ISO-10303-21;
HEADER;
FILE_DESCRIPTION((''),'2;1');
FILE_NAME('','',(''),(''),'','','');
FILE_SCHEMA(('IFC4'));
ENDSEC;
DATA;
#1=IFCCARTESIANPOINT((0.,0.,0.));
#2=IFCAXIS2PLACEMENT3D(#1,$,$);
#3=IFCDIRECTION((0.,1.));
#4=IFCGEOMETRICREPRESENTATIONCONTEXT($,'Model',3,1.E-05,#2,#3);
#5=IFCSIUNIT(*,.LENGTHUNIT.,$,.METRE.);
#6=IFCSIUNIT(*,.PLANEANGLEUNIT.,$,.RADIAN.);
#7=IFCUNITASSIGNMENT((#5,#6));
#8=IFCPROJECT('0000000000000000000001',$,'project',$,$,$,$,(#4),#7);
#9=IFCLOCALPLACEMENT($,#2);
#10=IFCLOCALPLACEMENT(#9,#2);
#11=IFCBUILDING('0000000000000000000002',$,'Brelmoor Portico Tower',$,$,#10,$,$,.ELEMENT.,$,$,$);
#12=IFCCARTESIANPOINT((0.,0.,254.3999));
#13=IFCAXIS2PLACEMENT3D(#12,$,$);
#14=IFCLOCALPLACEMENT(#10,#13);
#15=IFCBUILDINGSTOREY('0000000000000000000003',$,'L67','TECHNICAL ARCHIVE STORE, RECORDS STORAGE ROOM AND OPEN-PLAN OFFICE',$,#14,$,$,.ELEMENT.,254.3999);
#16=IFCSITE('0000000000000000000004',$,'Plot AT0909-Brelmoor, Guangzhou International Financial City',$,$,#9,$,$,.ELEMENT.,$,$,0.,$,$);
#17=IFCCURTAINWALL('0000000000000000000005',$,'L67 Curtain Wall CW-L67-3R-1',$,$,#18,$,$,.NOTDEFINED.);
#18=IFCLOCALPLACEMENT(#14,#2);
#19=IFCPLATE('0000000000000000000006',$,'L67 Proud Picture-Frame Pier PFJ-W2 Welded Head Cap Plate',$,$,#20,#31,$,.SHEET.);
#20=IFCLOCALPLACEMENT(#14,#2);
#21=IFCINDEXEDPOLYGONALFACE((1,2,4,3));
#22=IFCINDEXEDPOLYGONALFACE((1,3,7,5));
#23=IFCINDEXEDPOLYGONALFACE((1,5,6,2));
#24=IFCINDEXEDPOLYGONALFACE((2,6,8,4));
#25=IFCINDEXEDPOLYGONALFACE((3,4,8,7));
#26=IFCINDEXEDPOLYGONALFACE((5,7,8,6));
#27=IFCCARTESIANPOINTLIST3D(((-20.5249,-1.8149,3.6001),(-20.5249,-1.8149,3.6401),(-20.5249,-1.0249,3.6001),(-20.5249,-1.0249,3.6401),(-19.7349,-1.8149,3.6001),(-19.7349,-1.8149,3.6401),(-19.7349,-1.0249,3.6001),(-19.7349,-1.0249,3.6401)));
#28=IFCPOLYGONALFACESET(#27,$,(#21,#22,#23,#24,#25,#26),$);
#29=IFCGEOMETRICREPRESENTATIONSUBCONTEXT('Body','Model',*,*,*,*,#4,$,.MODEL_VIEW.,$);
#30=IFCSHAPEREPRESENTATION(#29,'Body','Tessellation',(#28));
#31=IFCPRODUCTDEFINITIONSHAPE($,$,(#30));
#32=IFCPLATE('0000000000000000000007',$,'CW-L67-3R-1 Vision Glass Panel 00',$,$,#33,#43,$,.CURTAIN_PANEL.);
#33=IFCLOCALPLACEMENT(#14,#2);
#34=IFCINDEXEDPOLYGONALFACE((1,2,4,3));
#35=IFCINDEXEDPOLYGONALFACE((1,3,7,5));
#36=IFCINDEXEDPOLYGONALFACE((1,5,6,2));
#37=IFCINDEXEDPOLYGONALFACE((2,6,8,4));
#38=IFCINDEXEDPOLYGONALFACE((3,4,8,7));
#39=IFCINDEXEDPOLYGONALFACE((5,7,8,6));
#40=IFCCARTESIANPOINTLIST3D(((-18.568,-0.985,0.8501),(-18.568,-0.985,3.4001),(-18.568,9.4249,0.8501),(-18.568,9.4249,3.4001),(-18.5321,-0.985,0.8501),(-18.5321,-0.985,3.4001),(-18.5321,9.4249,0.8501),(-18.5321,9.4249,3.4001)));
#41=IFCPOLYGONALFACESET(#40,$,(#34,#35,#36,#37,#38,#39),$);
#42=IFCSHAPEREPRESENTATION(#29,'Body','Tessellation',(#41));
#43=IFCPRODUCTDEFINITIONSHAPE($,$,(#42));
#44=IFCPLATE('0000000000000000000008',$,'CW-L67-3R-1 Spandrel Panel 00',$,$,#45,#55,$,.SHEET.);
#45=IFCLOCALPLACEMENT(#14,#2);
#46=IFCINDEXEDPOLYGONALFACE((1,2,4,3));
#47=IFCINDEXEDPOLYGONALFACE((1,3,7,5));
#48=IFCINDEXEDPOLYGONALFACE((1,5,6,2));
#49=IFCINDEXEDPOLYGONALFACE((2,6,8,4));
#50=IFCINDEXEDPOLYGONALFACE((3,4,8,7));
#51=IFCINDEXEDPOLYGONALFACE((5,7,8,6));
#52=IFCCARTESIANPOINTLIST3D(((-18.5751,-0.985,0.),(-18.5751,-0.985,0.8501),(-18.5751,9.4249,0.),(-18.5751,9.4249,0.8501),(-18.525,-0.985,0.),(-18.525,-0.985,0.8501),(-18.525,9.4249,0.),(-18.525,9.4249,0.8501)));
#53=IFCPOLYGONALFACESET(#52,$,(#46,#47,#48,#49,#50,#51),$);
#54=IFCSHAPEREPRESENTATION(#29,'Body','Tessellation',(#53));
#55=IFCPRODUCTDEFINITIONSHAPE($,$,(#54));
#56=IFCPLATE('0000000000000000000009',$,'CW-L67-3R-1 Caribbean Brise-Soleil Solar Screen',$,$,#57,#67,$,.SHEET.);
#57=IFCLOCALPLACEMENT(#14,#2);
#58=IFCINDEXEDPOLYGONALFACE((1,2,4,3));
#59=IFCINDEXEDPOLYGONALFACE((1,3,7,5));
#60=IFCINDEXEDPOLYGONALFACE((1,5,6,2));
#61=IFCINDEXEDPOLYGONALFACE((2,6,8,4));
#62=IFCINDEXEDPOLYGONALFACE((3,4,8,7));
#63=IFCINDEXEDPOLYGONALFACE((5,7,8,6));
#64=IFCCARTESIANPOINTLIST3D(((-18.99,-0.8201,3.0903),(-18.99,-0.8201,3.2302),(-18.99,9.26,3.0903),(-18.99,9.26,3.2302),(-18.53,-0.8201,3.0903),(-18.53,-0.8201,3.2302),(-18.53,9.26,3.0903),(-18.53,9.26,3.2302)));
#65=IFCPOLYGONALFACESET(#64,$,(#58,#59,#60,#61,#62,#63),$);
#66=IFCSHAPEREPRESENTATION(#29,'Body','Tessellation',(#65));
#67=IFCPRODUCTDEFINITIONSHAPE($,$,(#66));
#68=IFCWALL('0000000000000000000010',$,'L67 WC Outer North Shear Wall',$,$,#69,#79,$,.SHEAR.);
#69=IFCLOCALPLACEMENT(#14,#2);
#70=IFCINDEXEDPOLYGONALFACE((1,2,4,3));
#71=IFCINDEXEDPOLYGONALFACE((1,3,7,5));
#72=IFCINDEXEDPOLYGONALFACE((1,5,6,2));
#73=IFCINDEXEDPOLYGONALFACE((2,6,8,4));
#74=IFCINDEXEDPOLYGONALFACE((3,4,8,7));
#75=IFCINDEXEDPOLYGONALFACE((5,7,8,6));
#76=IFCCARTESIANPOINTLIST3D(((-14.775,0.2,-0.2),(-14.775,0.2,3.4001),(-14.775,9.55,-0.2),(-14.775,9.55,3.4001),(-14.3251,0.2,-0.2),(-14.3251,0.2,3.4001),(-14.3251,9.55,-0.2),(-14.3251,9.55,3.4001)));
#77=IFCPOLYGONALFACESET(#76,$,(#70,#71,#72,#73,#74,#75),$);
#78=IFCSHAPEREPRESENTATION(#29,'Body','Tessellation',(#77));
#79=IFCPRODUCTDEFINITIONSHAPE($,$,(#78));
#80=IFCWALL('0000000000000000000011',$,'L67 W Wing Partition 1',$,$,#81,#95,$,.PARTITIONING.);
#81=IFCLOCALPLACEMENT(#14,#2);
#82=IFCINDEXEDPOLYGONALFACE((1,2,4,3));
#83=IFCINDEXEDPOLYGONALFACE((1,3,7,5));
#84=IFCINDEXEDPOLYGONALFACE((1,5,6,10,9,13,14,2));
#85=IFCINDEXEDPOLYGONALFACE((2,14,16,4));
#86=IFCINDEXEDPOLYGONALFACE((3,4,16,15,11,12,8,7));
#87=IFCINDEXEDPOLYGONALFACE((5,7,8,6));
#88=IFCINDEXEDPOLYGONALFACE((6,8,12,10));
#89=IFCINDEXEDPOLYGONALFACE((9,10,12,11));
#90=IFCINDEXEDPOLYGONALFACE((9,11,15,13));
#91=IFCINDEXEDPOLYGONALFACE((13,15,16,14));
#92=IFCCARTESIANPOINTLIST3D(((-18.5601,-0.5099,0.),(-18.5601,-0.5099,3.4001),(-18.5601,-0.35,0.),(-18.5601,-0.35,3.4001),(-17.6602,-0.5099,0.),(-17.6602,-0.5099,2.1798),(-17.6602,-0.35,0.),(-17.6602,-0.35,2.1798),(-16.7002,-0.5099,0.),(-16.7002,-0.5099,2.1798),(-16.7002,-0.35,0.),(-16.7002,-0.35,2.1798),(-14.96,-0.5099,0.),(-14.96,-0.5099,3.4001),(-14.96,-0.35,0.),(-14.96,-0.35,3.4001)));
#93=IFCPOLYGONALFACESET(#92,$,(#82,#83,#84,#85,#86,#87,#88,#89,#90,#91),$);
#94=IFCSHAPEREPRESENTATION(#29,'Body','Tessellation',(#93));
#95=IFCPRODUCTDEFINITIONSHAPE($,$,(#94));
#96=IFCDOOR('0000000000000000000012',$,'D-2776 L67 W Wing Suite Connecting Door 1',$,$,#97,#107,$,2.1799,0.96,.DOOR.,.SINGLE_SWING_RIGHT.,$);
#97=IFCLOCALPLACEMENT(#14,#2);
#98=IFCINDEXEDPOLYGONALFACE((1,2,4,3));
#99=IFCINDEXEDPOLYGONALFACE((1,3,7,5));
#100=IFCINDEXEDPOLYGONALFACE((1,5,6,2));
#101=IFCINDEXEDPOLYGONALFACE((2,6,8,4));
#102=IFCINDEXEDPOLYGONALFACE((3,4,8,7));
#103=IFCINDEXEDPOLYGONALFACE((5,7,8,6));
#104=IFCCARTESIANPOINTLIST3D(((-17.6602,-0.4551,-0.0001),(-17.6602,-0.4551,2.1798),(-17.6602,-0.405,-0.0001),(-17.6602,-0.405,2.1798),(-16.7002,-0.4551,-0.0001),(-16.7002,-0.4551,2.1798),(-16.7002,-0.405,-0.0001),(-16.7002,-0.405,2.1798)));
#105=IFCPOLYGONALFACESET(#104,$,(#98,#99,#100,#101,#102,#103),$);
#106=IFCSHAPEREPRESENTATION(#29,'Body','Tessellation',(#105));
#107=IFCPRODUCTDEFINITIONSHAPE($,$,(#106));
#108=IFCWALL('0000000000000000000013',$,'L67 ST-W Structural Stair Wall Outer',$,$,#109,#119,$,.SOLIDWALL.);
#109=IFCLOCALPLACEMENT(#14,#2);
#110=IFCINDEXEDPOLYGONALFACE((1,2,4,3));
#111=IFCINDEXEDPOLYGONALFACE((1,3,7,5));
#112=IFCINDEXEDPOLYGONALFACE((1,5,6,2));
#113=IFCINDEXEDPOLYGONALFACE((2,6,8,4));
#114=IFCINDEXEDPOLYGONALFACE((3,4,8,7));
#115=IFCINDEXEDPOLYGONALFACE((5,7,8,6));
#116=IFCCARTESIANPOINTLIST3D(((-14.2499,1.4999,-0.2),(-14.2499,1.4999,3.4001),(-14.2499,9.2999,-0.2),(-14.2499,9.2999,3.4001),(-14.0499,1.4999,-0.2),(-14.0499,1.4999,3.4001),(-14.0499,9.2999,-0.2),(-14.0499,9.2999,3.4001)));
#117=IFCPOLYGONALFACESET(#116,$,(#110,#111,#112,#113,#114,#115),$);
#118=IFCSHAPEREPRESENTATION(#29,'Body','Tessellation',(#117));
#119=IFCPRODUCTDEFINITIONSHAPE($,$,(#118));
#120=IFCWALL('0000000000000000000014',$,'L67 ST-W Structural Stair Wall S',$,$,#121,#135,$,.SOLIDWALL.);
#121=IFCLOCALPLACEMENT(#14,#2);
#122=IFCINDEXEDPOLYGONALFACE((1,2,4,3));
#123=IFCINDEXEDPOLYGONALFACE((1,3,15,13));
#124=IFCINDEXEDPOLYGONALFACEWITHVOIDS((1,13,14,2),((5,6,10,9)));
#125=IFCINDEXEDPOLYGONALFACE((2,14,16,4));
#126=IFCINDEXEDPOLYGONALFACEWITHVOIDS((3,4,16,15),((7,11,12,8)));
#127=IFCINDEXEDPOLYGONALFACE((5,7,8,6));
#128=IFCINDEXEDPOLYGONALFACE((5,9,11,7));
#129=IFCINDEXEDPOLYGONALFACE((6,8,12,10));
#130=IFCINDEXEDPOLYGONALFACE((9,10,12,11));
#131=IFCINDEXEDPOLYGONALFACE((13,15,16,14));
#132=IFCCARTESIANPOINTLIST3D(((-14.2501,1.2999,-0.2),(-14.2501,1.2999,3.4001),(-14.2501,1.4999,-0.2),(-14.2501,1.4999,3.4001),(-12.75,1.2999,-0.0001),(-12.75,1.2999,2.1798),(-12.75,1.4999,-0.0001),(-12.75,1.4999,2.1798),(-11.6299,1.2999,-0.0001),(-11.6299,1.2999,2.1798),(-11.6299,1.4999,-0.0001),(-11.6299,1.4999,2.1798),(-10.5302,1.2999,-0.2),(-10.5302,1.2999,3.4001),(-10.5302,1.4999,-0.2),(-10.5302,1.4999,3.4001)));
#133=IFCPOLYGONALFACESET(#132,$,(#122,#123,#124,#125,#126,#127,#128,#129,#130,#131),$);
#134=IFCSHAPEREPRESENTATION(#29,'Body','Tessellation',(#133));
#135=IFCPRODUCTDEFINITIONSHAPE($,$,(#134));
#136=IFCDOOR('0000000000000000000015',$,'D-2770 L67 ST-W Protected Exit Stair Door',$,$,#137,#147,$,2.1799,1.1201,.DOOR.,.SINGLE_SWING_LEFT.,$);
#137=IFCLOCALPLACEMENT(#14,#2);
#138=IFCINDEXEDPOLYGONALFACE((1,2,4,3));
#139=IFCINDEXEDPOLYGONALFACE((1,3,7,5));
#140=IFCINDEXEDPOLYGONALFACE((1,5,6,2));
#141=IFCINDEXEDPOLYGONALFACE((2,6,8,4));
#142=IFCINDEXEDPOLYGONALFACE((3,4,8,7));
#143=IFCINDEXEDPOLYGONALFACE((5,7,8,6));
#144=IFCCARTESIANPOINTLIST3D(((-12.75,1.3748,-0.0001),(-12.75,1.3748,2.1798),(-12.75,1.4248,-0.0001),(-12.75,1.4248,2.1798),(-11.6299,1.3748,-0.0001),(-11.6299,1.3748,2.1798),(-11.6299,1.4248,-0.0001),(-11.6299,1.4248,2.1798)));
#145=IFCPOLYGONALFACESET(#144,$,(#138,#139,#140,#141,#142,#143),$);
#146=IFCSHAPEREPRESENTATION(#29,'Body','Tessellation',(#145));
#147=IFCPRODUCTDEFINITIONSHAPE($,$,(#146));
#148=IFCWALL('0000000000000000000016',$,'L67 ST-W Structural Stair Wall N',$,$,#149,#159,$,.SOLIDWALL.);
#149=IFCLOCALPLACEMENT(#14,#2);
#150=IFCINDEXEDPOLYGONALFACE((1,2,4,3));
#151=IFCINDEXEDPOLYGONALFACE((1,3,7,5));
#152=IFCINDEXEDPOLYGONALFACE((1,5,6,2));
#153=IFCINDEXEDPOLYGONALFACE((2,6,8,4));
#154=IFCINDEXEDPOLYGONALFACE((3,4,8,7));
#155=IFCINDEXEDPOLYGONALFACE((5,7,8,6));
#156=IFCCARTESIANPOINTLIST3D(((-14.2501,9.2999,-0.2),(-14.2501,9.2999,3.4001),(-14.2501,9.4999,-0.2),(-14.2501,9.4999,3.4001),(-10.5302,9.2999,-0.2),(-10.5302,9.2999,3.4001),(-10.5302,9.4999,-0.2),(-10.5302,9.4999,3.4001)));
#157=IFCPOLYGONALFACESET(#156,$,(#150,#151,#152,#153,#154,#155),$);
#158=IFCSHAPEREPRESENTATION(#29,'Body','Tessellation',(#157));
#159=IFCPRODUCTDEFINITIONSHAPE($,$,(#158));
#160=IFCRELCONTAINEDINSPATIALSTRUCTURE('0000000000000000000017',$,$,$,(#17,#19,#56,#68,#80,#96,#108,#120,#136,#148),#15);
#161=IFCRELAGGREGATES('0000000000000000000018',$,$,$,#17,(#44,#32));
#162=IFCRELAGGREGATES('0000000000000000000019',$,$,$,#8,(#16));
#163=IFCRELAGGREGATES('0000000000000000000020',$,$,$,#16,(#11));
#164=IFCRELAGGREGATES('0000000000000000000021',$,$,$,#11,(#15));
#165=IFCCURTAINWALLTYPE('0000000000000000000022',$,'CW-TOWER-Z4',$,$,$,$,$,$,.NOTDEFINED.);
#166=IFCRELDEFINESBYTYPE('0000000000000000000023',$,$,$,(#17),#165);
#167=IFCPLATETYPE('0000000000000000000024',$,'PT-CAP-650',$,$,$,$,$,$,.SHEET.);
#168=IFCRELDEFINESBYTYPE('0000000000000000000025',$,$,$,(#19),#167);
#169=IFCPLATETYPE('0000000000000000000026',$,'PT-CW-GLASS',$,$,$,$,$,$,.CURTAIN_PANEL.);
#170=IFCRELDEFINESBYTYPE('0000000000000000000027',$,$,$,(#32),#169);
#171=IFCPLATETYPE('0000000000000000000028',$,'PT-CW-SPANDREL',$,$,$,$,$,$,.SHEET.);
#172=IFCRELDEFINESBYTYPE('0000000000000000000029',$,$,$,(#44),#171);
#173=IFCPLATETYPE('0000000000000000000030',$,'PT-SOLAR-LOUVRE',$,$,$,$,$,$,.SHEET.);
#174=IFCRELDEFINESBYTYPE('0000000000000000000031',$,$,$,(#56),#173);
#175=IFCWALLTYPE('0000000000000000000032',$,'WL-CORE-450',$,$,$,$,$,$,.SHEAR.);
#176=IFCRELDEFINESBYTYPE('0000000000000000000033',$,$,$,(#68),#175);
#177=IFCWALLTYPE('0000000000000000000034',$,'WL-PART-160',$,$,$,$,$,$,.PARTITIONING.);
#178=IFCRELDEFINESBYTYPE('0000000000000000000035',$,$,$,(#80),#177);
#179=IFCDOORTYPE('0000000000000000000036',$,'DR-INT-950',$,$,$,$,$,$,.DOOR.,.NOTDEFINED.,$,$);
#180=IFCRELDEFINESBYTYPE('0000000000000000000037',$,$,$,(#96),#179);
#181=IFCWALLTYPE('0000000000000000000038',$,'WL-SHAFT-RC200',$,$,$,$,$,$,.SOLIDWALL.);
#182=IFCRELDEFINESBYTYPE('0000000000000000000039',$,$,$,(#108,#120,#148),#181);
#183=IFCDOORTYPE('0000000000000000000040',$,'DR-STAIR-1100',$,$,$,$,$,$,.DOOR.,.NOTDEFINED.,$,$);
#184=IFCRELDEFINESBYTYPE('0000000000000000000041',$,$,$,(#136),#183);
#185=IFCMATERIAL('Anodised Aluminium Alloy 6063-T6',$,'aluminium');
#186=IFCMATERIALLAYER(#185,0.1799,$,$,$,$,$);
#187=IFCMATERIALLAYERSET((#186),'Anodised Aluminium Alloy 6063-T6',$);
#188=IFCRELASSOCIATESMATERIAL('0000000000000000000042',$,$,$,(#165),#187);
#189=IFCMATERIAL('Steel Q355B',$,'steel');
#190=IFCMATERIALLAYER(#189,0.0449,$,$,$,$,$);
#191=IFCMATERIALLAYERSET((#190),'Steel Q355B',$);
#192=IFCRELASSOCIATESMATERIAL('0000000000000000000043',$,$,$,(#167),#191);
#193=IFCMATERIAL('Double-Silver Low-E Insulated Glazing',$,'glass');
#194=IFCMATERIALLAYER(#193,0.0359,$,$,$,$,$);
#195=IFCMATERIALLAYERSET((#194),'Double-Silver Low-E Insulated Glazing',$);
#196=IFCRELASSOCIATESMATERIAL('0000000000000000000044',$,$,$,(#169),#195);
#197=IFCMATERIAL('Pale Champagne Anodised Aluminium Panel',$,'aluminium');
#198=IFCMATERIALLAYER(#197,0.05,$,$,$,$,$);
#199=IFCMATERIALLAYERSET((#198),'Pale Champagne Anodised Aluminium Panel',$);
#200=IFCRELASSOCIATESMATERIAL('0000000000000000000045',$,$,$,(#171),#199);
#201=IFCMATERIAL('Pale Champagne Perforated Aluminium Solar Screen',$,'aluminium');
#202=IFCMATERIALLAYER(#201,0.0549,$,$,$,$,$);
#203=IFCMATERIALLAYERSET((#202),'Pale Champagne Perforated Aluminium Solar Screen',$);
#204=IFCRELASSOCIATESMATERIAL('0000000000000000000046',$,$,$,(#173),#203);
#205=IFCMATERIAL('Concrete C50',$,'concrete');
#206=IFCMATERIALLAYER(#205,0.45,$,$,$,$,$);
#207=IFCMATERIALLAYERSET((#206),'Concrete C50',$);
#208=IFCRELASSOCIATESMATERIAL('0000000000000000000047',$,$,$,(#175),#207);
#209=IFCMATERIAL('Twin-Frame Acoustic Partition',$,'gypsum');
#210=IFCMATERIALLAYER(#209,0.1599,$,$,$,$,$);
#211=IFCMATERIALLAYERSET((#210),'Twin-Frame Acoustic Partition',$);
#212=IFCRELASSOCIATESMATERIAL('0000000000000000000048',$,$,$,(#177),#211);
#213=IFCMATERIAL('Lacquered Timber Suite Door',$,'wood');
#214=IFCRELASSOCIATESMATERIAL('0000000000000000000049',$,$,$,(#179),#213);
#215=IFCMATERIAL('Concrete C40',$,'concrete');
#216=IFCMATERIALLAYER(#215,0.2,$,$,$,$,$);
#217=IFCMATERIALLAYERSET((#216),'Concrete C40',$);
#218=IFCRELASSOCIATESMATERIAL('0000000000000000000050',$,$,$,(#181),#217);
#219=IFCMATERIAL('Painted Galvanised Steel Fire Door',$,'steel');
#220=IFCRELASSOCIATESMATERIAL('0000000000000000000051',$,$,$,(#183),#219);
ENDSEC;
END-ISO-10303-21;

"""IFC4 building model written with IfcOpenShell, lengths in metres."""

from ifc_helpers import new_model, si_unit, direction, frame, frame_2d, origin, origin_2d, place, context, subcontext, project, spatial, rectangle, extrude, material, layer, layer_set, type_object, element, fill, aggregate, save


model = new_model("IFC4")

# Units and contexts
model_context = context("Model", 3, precision=1e-05, world=origin(), true_north=direction((0.0, 1.0)))
body_context = subcontext(model_context, "Body", "Model", "MODEL_VIEW")
ifc_project = project(units=[si_unit("LENGTHUNIT", "METRE"), si_unit("PLANEANGLEUNIT", "RADIAN")], contexts=[model_context])

# Site, building, storey
site_placement = place(None, origin())
site = spatial("IfcSite", under=ifc_project, at=site_placement, Name="Plot AT0909-Brelmoor, Guangzhou International Financial City", CompositionType="ELEMENT", RefElevation=0.0)
building_placement = place(site_placement, origin())
building = spatial("IfcBuilding", under=site, at=building_placement, Name="Brelmoor Portico Tower", CompositionType="ELEMENT")
storey_placement = place(building_placement, frame((0.0, 0.0, 254.3999)))
storey = spatial("IfcBuildingStorey", under=building, at=storey_placement, Name="L67", Description="TECHNICAL ARCHIVE STORE, RECORDS STORAGE ROOM AND OPEN-PLAN OFFICE", CompositionType="ELEMENT", Elevation=254.3999)

# Shared definitions
ifc_material_1 = material(Name="Steel Q355B", Category="steel")

# Curtain wall
ifc_material_2 = material(Name="Anodised Aluminium Alloy 6063-T6", Category="aluminium")
ifc_layer_1 = layer(ifc_material_2, 0.1799)
ifc_layer_set_1 = layer_set([ifc_layer_1], Name="Anodised Aluminium Alloy 6063-T6")
curtain_wall_type = type_object("IfcCurtainWallType", Name="CW-TOWER-Z4", PredefinedType="NOTDEFINED", material=ifc_layer_set_1)
curtain_wall_placement = place(storey_placement, origin())
curtain_wall = element("IfcCurtainWall", 1, at=curtain_wall_placement, inside=storey, type_object=curtain_wall_type, Name="L67 Curtain Wall CW-L67-3R-1", PredefinedType="NOTDEFINED")

# Plates
ifc_layer_2 = layer(ifc_material_1, 0.0449)
ifc_layer_set_2 = layer_set([ifc_layer_2], Name="Steel Q355B")
plate_type_1 = type_object("IfcPlateType", Name="PT-CAP-650", PredefinedType="SHEET", material=ifc_layer_set_2)
plate_1_placement = place(storey_placement, frame((-20.1299, -1.4199, 3.6001), z_axis=(0.0, 0.0, 1.0), x_axis=(0.0, 1.0, 0.0)))
element("IfcPlate", 2, at=plate_1_placement, inside=storey, type_object=plate_type_1, Name="L67 Proud Picture-Frame Pier PFJ-W2 Welded Head Cap Plate", PredefinedType="SHEET", context=body_context, shape_type="SweptSolid", body=[
    extrude(rectangle(XDim=0.79, YDim=0.79, at=origin_2d()), origin(), (0.0, 0.0, 1.0), 0.04),
])
ifc_material_3 = material(Name="Double-Silver Low-E Insulated Glazing", Category="glass")
ifc_layer_3 = layer(ifc_material_3, 0.0359)
ifc_layer_set_3 = layer_set([ifc_layer_3], Name="Double-Silver Low-E Insulated Glazing")
plate_type_2 = type_object("IfcPlateType", Name="PT-CW-GLASS", PredefinedType="CURTAIN_PANEL", material=ifc_layer_set_3)
plate_2_placement = place(storey_placement, frame((-18.55, 4.22, 0.8501), z_axis=(0.0, 0.0, 1.0), x_axis=(0.0, 1.0, 0.0)))
plate_2 = element("IfcPlate", 3, at=plate_2_placement, type_object=plate_type_2, Name="CW-L67-3R-1 Vision Glass Panel 00", PredefinedType="CURTAIN_PANEL", context=body_context, shape_type="SweptSolid", body=[
    extrude(rectangle(XDim=10.4099, YDim=0.0359, at=origin_2d()), origin(), (0.0, 0.0, 1.0), 2.55),
])
ifc_material_4 = material(Name="Pale Champagne Anodised Aluminium Panel", Category="aluminium")
ifc_layer_4 = layer(ifc_material_4, 0.05)
ifc_layer_set_4 = layer_set([ifc_layer_4], Name="Pale Champagne Anodised Aluminium Panel")
plate_type_3 = type_object("IfcPlateType", Name="PT-CW-SPANDREL", PredefinedType="SHEET", material=ifc_layer_set_4)
plate_3_placement = place(storey_placement, frame((-18.55, 4.22, 0.0), z_axis=(0.0, 0.0, 1.0), x_axis=(0.0, 1.0, 0.0)))
plate_3 = element("IfcPlate", 4, at=plate_3_placement, type_object=plate_type_3, Name="CW-L67-3R-1 Spandrel Panel 00", PredefinedType="SHEET", context=body_context, shape_type="SweptSolid", body=[
    extrude(rectangle(XDim=10.4099, YDim=0.05, at=origin_2d()), origin(), (0.0, 0.0, 1.0), 0.8501),
])
aggregate(curtain_wall, [plate_3, plate_2])
ifc_material_5 = material(Name="Pale Champagne Perforated Aluminium Solar Screen", Category="aluminium")
ifc_layer_5 = layer(ifc_material_5, 0.0549)
ifc_layer_set_5 = layer_set([ifc_layer_5], Name="Pale Champagne Perforated Aluminium Solar Screen")
plate_type_4 = type_object("IfcPlateType", Name="PT-SOLAR-LOUVRE", PredefinedType="SHEET", material=ifc_layer_set_5)
plate_4_placement = place(storey_placement, frame((-18.76, 4.22, 3.0903), z_axis=(0.0, 0.0, 1.0), x_axis=(0.0, 1.0, 0.0)))
element("IfcPlate", 5, at=plate_4_placement, inside=storey, type_object=plate_type_4, Name="CW-L67-3R-1 Caribbean Brise-Soleil Solar Screen", PredefinedType="SHEET", context=body_context, shape_type="SweptSolid", body=[
    extrude(rectangle(XDim=10.0801, YDim=0.46, at=origin_2d()), origin(), (0.0, 0.0, 1.0), 0.1399),
])

# Wall
ifc_material_6 = material(Name="Concrete C50", Category="concrete")
ifc_layer_6 = layer(ifc_material_6, 0.45)
ifc_layer_set_6 = layer_set([ifc_layer_6], Name="Concrete C50")
wall_type_1 = type_object("IfcWallType", Name="WL-CORE-450", PredefinedType="SHEAR", material=ifc_layer_set_6)
wall_1_placement = place(storey_placement, frame((-14.55, 0.2, -0.2), z_axis=(0.0, 0.0, 1.0), x_axis=(0.0, 1.0, 0.0)))
element("IfcWall", 6, at=wall_1_placement, inside=storey, type_object=wall_type_1, Name="L67 WC Outer North Shear Wall", PredefinedType="SHEAR", context=body_context, shape_type="SweptSolid", body=[
    extrude(rectangle(XDim=9.3501, YDim=0.45, at=frame_2d((4.675, 0.0))), origin(), (0.0, 0.0, 1.0), 3.6001),
])

# Wall, opening, door
ifc_material_7 = material(Name="Twin-Frame Acoustic Partition", Category="gypsum")
ifc_layer_7 = layer(ifc_material_7, 0.1599)
ifc_layer_set_7 = layer_set([ifc_layer_7], Name="Twin-Frame Acoustic Partition")
wall_type_2 = type_object("IfcWallType", Name="WL-PART-160", PredefinedType="PARTITIONING", material=ifc_layer_set_7)
wall_2_placement = place(storey_placement, frame((-18.5601, -0.4299, 0.0), z_axis=(0.0, 0.0, 1.0), x_axis=(1.0, 0.0, 0.0)))
wall_2 = element("IfcWall", 7, at=wall_2_placement, inside=storey, type_object=wall_type_2, Name="L67 W Wing Partition 1", PredefinedType="PARTITIONING", context=body_context, shape_type="SweptSolid", body=[
    extrude(rectangle(XDim=3.6001, YDim=0.1599, at=frame_2d((1.8, 0.0))), origin(), (0.0, 0.0, 1.0), 3.4001),
])
opening_1_placement = place(wall_2_placement, frame((0.8999, 0.0, 0.0)))
opening_1 = element("IfcOpeningElement", 8, at=opening_1_placement, cuts=wall_2, PredefinedType="OPENING", context=body_context, shape_type="SweptSolid", body=[
    extrude(rectangle(XDim=0.96, YDim=2.1799, at=frame_2d((0.48, 1.0898))), frame((0.0, 0.0898, 0.0), z_axis=(0.0, -1.0, 0.0), x_axis=(1.0, 0.0, 0.0)), (0.0, 0.0, 1.0), 0.1799),
])
ifc_material_8 = material(Name="Lacquered Timber Suite Door", Category="wood")
door_type_1 = type_object("IfcDoorType", Name="DR-INT-950", OperationType="NOTDEFINED", PredefinedType="DOOR", material=ifc_material_8)
door_1_placement = place(opening_1_placement, origin())
door_1 = element("IfcDoor", 9, at=door_1_placement, inside=storey, type_object=door_type_1, Name="D-2776 L67 W Wing Suite Connecting Door 1", OperationType="SINGLE_SWING_RIGHT", OverallHeight=2.1799, OverallWidth=0.96, PredefinedType="DOOR", context=body_context, shape_type="SweptSolid", body=[
    extrude(rectangle(XDim=0.96, YDim=2.1799, at=frame_2d((0.48, 1.0898))), frame((0.0, 0.0249, 0.0), z_axis=(0.0, -1.0, 0.0), x_axis=(1.0, 0.0, 0.0)), (0.0, 0.0, 1.0), 0.05),
])
fill(opening_1, door_1)

# Wall
ifc_material_9 = material(Name="Concrete C40", Category="concrete")
ifc_layer_8 = layer(ifc_material_9, 0.2)
ifc_layer_set_8 = layer_set([ifc_layer_8], Name="Concrete C40")
wall_type_3 = type_object("IfcWallType", Name="WL-SHAFT-RC200", PredefinedType="SOLIDWALL", material=ifc_layer_set_8)
wall_3_placement = place(storey_placement, frame((-14.1499, 1.5, -0.2), z_axis=(0.0, 0.0, 1.0), x_axis=(0.0, 1.0, 0.0)))
element("IfcWall", 10, at=wall_3_placement, inside=storey, type_object=wall_type_3, Name="L67 ST-W Structural Stair Wall Outer", PredefinedType="SOLIDWALL", context=body_context, shape_type="SweptSolid", body=[
    extrude(rectangle(XDim=7.8, YDim=0.2, at=frame_2d((3.8999, 0.0))), origin(), (0.0, 0.0, 1.0), 3.6001),
])

# Wall, opening, door
wall_4_placement = place(storey_placement, frame((-14.25, 1.3999, -0.2), z_axis=(0.0, 0.0, 1.0), x_axis=(1.0, 0.0, 0.0)))
wall_4 = element("IfcWall", 11, at=wall_4_placement, inside=storey, type_object=wall_type_3, Name="L67 ST-W Structural Stair Wall S", PredefinedType="SOLIDWALL", context=body_context, shape_type="SweptSolid", body=[
    extrude(rectangle(XDim=3.72, YDim=0.2, at=frame_2d((1.8599, 0.0))), origin(), (0.0, 0.0, 1.0), 3.6001),
])
opening_2_placement = place(wall_4_placement, frame((1.5, 0.0, 0.2)))
opening_2 = element("IfcOpeningElement", 12, at=opening_2_placement, cuts=wall_4, PredefinedType="OPENING", context=body_context, shape_type="SweptSolid", body=[
    extrude(rectangle(XDim=1.1201, YDim=2.1799, at=frame_2d((0.5601, 1.0898))), frame((0.0, 0.1099, 0.0), z_axis=(0.0, -1.0, 0.0), x_axis=(1.0, 0.0, 0.0)), (0.0, 0.0, 1.0), 0.22),
])
ifc_material_10 = material(Name="Painted Galvanised Steel Fire Door", Category="steel")
door_type_2 = type_object("IfcDoorType", Name="DR-STAIR-1100", OperationType="NOTDEFINED", PredefinedType="DOOR", material=ifc_material_10)
door_2_placement = place(opening_2_placement, origin())
door_2 = element("IfcDoor", 13, at=door_2_placement, inside=storey, type_object=door_type_2, Name="D-2770 L67 ST-W Protected Exit Stair Door", OperationType="SINGLE_SWING_LEFT", OverallHeight=2.1799, OverallWidth=1.1201, PredefinedType="DOOR", context=body_context, shape_type="SweptSolid", body=[
    extrude(rectangle(XDim=1.1201, YDim=2.1799, at=frame_2d((0.5601, 1.0898))), frame((0.0, 0.0249, 0.0), z_axis=(0.0, -1.0, 0.0), x_axis=(1.0, 0.0, 0.0)), (0.0, 0.0, 1.0), 0.05),
])
fill(opening_2, door_2)

# Wall
wall_5_placement = place(storey_placement, frame((-14.25, 9.3999, -0.2), z_axis=(0.0, 0.0, 1.0), x_axis=(1.0, 0.0, 0.0)))
element("IfcWall", 14, at=wall_5_placement, inside=storey, type_object=wall_type_3, Name="L67 ST-W Structural Stair Wall N", PredefinedType="SOLIDWALL", context=body_context, shape_type="SweptSolid", body=[
    extrude(rectangle(XDim=3.72, YDim=0.2, at=frame_2d((1.8599, 0.0))), origin(), (0.0, 0.0, 1.0), 3.6001),
])

save(model, "model.ifc")
